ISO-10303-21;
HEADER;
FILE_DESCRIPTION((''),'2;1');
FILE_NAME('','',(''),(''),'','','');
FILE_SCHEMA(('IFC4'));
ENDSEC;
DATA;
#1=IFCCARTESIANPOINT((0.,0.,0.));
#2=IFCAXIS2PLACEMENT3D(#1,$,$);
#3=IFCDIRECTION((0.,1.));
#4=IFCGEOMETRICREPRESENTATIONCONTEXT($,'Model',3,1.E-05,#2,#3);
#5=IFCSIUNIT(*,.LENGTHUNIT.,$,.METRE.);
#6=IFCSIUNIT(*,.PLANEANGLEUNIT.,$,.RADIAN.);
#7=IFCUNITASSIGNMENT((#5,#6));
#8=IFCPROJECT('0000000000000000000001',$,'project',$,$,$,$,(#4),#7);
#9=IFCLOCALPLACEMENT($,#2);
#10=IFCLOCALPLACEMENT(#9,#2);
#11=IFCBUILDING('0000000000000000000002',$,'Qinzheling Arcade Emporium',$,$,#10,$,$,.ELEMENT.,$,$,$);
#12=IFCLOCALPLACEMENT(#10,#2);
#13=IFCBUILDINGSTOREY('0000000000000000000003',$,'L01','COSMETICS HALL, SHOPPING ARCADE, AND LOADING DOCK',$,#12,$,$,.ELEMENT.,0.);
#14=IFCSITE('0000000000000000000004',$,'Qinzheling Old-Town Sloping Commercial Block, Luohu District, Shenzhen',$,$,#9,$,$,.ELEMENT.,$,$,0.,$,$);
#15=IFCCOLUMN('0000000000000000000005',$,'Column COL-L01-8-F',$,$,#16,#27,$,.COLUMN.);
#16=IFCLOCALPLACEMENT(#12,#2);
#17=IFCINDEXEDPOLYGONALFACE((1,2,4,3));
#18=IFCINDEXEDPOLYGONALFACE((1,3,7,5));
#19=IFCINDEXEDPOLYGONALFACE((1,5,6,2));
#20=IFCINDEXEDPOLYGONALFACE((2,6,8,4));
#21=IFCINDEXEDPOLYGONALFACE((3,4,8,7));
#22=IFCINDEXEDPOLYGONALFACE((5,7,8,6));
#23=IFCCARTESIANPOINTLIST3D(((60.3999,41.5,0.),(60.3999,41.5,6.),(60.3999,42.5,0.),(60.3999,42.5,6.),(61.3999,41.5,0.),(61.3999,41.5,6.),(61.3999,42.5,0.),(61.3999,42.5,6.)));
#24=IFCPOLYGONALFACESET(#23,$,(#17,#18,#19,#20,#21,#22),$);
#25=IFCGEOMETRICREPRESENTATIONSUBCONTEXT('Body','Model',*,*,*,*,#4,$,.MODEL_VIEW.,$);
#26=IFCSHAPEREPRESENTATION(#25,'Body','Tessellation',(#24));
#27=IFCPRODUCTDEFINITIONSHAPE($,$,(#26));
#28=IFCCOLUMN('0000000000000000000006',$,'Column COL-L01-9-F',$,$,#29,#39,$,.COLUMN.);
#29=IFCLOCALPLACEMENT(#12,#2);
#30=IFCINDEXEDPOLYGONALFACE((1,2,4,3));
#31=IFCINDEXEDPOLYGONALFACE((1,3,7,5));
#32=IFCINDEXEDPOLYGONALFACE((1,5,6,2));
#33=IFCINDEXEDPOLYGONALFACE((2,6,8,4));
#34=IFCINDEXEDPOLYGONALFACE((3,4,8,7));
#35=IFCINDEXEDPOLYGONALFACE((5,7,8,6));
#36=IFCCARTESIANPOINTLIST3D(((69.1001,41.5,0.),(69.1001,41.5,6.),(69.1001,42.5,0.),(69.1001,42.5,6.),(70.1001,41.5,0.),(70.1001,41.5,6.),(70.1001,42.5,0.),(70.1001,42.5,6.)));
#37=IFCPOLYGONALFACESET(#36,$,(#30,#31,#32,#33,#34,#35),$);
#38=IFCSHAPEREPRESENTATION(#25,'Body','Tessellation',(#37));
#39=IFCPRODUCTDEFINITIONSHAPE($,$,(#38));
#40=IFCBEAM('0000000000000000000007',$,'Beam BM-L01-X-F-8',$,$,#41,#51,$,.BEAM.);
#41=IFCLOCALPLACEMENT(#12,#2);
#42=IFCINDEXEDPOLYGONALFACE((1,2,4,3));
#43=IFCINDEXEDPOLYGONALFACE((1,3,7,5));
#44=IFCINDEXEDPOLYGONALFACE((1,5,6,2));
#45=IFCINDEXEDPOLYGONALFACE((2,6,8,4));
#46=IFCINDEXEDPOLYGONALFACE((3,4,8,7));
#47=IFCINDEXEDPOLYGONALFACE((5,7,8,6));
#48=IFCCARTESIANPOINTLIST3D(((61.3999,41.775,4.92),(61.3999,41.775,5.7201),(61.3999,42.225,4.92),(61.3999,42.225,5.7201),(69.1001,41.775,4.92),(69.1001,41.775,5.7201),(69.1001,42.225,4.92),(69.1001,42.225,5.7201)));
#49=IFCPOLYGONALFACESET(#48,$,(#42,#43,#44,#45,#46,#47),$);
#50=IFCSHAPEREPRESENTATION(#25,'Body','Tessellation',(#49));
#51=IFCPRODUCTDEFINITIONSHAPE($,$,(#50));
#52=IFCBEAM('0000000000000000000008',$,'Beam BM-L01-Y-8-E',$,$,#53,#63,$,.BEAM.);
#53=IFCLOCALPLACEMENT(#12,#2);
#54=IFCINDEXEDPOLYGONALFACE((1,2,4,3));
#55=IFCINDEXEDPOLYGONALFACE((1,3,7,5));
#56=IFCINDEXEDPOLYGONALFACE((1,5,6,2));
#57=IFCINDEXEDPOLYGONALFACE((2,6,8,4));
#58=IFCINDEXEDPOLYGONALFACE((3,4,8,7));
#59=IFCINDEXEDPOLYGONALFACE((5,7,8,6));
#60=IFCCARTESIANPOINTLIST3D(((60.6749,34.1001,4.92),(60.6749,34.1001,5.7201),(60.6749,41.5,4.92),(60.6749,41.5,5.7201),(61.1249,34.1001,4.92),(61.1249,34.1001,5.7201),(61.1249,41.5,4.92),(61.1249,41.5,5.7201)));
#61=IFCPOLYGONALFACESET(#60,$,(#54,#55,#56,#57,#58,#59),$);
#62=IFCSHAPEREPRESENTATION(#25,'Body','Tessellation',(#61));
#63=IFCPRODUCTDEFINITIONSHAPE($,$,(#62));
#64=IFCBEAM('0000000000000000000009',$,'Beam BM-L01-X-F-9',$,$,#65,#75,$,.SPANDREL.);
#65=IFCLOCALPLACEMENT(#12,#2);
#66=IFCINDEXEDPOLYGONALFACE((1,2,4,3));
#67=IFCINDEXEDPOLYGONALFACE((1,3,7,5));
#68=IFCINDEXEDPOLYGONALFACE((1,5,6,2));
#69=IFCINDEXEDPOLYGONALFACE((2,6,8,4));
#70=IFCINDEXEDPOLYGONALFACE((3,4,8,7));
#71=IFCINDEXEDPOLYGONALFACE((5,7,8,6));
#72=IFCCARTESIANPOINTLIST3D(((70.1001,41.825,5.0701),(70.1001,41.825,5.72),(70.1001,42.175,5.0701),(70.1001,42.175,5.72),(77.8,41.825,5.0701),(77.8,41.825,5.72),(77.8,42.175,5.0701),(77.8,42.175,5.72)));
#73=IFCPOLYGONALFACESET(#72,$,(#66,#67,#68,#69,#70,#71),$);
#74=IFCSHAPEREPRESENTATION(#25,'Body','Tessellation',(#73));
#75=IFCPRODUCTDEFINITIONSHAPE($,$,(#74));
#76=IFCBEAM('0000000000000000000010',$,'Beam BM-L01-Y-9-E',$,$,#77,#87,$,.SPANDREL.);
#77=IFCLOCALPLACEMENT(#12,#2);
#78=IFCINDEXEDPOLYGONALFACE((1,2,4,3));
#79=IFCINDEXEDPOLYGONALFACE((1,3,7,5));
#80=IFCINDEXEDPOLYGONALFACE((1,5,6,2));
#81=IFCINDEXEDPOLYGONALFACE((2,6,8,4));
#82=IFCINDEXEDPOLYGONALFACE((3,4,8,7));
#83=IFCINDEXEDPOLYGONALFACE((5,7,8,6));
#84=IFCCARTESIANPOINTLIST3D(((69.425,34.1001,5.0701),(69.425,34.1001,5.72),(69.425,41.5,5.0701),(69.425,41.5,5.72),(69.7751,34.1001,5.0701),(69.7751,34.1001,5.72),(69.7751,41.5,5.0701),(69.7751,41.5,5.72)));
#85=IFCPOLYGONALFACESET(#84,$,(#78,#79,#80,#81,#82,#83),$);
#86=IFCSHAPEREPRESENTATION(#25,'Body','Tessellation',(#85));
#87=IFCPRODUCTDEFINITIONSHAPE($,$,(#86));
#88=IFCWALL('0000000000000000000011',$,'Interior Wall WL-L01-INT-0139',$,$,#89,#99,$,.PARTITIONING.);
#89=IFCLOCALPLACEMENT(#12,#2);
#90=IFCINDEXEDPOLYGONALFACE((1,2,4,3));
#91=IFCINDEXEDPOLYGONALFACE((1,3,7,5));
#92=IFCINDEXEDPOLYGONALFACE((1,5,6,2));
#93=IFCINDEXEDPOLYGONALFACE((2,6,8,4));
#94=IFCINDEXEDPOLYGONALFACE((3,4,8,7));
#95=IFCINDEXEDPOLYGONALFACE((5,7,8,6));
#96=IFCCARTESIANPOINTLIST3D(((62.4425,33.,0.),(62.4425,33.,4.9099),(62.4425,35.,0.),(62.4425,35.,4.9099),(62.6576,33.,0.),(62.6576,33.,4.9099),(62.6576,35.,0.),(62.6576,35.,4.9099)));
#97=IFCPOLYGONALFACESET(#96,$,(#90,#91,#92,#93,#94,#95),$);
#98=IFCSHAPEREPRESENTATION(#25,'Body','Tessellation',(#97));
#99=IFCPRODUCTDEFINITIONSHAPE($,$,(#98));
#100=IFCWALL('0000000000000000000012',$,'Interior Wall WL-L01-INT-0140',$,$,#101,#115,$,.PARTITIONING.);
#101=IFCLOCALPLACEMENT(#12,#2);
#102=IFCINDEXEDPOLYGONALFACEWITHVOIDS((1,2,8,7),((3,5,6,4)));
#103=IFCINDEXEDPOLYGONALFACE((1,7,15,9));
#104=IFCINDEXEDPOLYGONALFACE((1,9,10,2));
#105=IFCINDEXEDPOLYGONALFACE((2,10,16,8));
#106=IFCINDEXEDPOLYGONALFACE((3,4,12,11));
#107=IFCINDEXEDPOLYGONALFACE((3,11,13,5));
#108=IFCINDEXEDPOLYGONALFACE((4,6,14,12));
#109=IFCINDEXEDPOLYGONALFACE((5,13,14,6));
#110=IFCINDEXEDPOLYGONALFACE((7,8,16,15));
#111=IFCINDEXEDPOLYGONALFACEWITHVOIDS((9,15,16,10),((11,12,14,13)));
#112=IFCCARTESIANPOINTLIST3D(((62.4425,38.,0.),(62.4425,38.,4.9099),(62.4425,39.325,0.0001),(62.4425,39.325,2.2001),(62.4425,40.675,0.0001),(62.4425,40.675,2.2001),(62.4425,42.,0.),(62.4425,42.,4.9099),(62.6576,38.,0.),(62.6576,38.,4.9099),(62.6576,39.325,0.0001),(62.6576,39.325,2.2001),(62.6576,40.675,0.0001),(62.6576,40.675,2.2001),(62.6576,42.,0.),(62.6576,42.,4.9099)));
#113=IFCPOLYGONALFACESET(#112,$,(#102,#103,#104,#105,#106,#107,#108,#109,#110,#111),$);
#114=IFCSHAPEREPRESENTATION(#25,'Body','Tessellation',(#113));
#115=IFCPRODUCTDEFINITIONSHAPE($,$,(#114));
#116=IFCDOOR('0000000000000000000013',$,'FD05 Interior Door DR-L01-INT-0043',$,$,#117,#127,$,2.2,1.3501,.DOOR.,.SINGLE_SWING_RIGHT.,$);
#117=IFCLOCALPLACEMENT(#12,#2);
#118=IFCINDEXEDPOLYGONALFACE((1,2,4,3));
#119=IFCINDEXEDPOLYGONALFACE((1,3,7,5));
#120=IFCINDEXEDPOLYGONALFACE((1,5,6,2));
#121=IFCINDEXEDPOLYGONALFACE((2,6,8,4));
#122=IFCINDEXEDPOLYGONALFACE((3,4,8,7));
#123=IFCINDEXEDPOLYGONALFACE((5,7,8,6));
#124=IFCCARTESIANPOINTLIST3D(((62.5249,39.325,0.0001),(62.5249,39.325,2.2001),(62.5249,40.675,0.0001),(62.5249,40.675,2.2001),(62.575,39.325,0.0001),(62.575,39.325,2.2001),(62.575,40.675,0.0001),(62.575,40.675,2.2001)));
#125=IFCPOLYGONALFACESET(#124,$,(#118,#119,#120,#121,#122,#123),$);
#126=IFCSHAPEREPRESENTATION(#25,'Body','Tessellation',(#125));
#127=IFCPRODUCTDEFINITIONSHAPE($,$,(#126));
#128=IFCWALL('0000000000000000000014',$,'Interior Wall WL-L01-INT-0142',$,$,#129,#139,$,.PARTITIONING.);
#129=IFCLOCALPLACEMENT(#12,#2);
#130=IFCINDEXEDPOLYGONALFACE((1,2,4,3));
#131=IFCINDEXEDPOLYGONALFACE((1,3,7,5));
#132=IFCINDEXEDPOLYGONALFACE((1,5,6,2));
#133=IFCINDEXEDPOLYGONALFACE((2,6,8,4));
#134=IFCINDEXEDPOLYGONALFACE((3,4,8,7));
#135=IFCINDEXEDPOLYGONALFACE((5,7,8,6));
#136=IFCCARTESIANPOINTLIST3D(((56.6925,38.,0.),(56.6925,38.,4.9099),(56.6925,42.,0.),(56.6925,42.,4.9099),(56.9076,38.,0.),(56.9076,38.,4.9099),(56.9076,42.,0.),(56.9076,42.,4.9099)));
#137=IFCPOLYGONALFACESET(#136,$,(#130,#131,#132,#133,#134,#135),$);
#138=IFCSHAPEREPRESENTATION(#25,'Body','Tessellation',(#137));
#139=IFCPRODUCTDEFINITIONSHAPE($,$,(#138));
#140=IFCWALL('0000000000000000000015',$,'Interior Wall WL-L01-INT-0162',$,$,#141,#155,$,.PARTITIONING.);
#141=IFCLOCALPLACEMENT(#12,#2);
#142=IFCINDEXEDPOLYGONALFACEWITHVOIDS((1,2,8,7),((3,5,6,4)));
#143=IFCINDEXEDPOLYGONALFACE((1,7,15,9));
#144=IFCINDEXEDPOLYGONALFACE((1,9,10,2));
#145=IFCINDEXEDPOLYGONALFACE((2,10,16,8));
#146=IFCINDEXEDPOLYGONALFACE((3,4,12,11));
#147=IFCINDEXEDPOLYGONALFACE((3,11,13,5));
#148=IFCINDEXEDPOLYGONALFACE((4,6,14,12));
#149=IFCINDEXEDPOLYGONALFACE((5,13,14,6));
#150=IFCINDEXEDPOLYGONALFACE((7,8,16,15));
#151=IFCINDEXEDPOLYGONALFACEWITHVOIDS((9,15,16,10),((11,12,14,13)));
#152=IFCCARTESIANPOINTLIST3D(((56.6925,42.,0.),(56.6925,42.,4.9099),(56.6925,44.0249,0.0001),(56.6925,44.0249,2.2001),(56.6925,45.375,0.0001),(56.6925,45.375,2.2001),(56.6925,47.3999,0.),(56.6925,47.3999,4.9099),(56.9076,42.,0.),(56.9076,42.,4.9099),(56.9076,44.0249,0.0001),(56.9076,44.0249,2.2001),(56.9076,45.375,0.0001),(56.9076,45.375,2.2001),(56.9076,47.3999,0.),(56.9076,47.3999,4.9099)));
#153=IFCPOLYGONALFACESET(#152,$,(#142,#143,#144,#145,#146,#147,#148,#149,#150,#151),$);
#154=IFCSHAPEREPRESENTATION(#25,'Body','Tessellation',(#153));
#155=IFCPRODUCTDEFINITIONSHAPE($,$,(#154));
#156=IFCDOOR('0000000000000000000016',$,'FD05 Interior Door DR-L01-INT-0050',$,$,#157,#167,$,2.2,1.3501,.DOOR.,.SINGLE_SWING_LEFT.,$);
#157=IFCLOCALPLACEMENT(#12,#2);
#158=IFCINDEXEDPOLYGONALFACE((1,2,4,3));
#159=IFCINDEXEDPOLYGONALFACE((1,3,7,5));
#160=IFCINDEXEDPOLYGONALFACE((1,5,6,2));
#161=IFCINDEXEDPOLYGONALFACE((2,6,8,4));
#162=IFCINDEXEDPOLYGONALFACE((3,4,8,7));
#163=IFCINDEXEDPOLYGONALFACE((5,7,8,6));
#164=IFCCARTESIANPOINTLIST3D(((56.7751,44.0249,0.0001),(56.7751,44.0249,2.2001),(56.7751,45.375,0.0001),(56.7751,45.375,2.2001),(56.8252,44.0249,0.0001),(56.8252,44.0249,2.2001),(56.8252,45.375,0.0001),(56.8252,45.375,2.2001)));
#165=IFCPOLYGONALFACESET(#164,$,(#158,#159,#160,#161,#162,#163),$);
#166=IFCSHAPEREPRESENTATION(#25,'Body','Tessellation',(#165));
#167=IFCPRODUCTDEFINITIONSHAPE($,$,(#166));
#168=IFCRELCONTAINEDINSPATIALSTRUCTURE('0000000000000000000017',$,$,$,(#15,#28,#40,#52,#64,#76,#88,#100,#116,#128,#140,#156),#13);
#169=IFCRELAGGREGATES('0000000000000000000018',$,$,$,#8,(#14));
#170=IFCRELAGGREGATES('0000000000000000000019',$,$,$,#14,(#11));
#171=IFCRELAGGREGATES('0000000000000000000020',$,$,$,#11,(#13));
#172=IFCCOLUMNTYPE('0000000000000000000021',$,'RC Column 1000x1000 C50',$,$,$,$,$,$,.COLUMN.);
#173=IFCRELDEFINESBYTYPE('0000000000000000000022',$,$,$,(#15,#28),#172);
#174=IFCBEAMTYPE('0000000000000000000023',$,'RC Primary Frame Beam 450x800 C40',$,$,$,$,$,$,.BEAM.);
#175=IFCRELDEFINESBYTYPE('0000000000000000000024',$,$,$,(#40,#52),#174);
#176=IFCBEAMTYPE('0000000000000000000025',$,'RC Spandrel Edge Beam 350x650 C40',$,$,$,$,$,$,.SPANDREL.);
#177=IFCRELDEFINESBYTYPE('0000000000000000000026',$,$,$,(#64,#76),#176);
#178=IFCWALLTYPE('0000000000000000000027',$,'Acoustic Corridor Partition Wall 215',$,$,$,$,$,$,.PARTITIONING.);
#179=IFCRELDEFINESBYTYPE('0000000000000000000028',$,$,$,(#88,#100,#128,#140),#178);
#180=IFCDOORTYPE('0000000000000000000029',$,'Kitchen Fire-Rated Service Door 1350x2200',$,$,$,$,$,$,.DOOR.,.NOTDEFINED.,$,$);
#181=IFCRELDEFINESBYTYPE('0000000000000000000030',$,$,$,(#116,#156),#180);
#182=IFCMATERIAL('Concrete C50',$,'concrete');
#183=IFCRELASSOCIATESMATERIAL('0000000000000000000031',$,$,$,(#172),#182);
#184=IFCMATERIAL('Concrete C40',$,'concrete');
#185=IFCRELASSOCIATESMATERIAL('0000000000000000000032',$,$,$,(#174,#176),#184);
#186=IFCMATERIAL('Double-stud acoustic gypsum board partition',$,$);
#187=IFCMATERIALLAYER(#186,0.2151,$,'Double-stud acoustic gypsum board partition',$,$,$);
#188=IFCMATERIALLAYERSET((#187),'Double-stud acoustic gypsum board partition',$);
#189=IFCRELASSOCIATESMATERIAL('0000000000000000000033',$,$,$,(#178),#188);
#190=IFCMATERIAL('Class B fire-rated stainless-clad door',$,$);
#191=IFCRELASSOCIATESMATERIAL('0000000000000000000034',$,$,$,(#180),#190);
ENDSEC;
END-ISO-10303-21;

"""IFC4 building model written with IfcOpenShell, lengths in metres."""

from ifc_helpers import new_model, si_unit, direction, frame, frame_2d, origin, origin_2d, place, context, subcontext, project, spatial, rectangle, extrude, material, layer, layer_set, material_profile, profile_set, type_object, element, fill, save


model = new_model("IFC4")

# Units and contexts
model_context = context("Model", 3, precision=1e-05, world=origin(), true_north=direction((0.0, 1.0)))
body_context = subcontext(model_context, "Body", "Model", "MODEL_VIEW")
ifc_project = project(units=[si_unit("LENGTHUNIT", "METRE"), si_unit("PLANEANGLEUNIT", "RADIAN")], contexts=[model_context])

# Site, building, storey
site_placement = place(None, origin())
site = spatial("IfcSite", under=ifc_project, at=site_placement, Name="Qinzheling Old-Town Sloping Commercial Block, Luohu District, Shenzhen", CompositionType="ELEMENT", RefElevation=0.0)
building_placement = place(site_placement, origin())
building = spatial("IfcBuilding", under=site, at=building_placement, Name="Qinzheling Arcade Emporium", CompositionType="ELEMENT")
storey_placement = place(building_placement, origin())
storey = spatial("IfcBuildingStorey", under=building, at=storey_placement, Name="L01", Description="COSMETICS HALL, SHOPPING ARCADE, AND LOADING DOCK", CompositionType="ELEMENT", Elevation=0.0)

# Columns
ifc_material_1 = material(Name="Concrete C50", Category="concrete")
ifc_material_profile_1 = material_profile(ifc_material_1, rectangle(XDim=1.0, YDim=1.0, at=origin_2d()), Name="RC 1000x1000", Category="concrete")
ifc_profile_set_1 = profile_set([ifc_material_profile_1], Name="Concrete C50")
column_type = type_object("IfcColumnType", Name="RC Column 1000x1000 C50", PredefinedType="COLUMN", material=ifc_profile_set_1)
for number, where, z_axis, x_axis, name in (
    (1, (60.8999, 42.0, 0.0), (0.0, 0.0, 1.0), (1.0, 0.0, 0.0), "Column COL-L01-8-F"),
    (2, (69.6001, 42.0, 0.0), (0.0, 0.0, 1.0), (1.0, 0.0, 0.0), "Column COL-L01-9-F"),
):
    element("IfcColumn", number, at=place(storey_placement, frame(where, z_axis=z_axis, x_axis=x_axis)), inside=storey, type_object=column_type, Name=name, PredefinedType="COLUMN", context=body_context, shape_type="SweptSolid", body=[
        extrude(rectangle(XDim=1.0, YDim=1.0, at=origin_2d()), origin(), (0.0, 0.0, 1.0), 6.0),
    ])

# Beams
ifc_material_2 = material(Name="Concrete C40", Category="concrete")
ifc_material_profile_2 = material_profile(ifc_material_2, rectangle(XDim=0.45, YDim=0.8, at=origin_2d()), Name="RC 450x800", Category="concrete")
ifc_profile_set_2 = profile_set([ifc_material_profile_2], Name="Concrete C40")
beam_type_1 = type_object("IfcBeamType", Name="RC Primary Frame Beam 450x800 C40", PredefinedType="BEAM", material=ifc_profile_set_2)
beam_1_placement = place(storey_placement, frame((61.3999, 42.0, 5.3201), z_axis=(1.0, 0.0, 0.0), x_axis=(0.0, 1.0, 0.0)))
element("IfcBeam", 3, at=beam_1_placement, inside=storey, type_object=beam_type_1, Name="Beam BM-L01-X-F-8", PredefinedType="BEAM", context=body_context, shape_type="SweptSolid", body=[
    extrude(rectangle(XDim=0.45, YDim=0.8, at=origin_2d()), origin(), (0.0, 0.0, 1.0), 7.7002),
])
beam_2_placement = place(storey_placement, frame((60.8999, 34.1001, 5.3201), z_axis=(0.0, 1.0, 0.0), x_axis=(-1.0, 0.0, 0.0)))
element("IfcBeam", 4, at=beam_2_placement, inside=storey, type_object=beam_type_1, Name="Beam BM-L01-Y-8-E", PredefinedType="BEAM", context=body_context, shape_type="SweptSolid", body=[
    extrude(rectangle(XDim=0.45, YDim=0.8, at=origin_2d()), origin(), (0.0, 0.0, 1.0), 7.3999),
])
ifc_material_profile_3 = material_profile(ifc_material_2, rectangle(XDim=0.3501, YDim=0.6499, at=origin_2d()), Name="RC 350x650", Category="concrete")
ifc_profile_set_3 = profile_set([ifc_material_profile_3], Name="Concrete C40")
beam_type_2 = type_object("IfcBeamType", Name="RC Spandrel Edge Beam 350x650 C40", PredefinedType="SPANDREL", material=ifc_profile_set_3)
beam_3_placement = place(storey_placement, frame((70.1001, 42.0, 5.395), z_axis=(1.0, 0.0, 0.0), x_axis=(0.0, 1.0, 0.0)))
element("IfcBeam", 5, at=beam_3_placement, inside=storey, type_object=beam_type_2, Name="Beam BM-L01-X-F-9", PredefinedType="SPANDREL", context=body_context, shape_type="SweptSolid", body=[
    extrude(rectangle(XDim=0.3501, YDim=0.6499, at=origin_2d()), origin(), (0.0, 0.0, 1.0), 7.7),
])
beam_4_placement = place(storey_placement, frame((69.6001, 34.1001, 5.395), z_axis=(0.0, 1.0, 0.0), x_axis=(-1.0, 0.0, 0.0)))
element("IfcBeam", 6, at=beam_4_placement, inside=storey, type_object=beam_type_2, Name="Beam BM-L01-Y-9-E", PredefinedType="SPANDREL", context=body_context, shape_type="SweptSolid", body=[
    extrude(rectangle(XDim=0.3501, YDim=0.6499, at=origin_2d()), origin(), (0.0, 0.0, 1.0), 7.3999),
])

# Wall
ifc_material_3 = material(Name="Double-stud acoustic gypsum board partition")
ifc_layer_1 = layer(ifc_material_3, 0.2151, Name="Double-stud acoustic gypsum board partition")
ifc_layer_set_1 = layer_set([ifc_layer_1], Name="Double-stud acoustic gypsum board partition")
wall_type_1 = type_object("IfcWallType", Name="Acoustic Corridor Partition Wall 215", PredefinedType="PARTITIONING", material=ifc_layer_set_1)
wall_1_placement = place(storey_placement, frame((62.55, 35.0, 0.0), z_axis=(0.0, 0.0, 1.0), x_axis=(0.0, -1.0, 0.0)))
element("IfcWall", 7, at=wall_1_placement, inside=storey, type_object=wall_type_1, Name="Interior Wall WL-L01-INT-0139", PredefinedType="PARTITIONING", context=body_context, shape_type="SweptSolid", body=[
    extrude(rectangle(XDim=2.0, YDim=0.2151, at=frame_2d((1.0, 0.0))), origin(), (0.0, 0.0, 1.0), 4.9099),
])

# Wall, opening, door
wall_2_placement = place(storey_placement, frame((62.55, 42.0, 0.0), z_axis=(0.0, 0.0, 1.0), x_axis=(0.0, -1.0, 0.0)))
wall_2 = element("IfcWall", 8, at=wall_2_placement, inside=storey, type_object=wall_type_1, Name="Interior Wall WL-L01-INT-0140", PredefinedType="PARTITIONING", context=body_context, shape_type="SweptSolid", body=[
    extrude(rectangle(XDim=4.0, YDim=0.2151, at=frame_2d((2.0, 0.0))), origin(), (0.0, 0.0, 1.0), 4.9099),
])
opening_1_placement = place(wall_2_placement, frame((1.325, 0.0, 0.0)))
opening_1 = element("IfcOpeningElement", 9, at=opening_1_placement, cuts=wall_2, PredefinedType="OPENING", context=body_context, shape_type="SweptSolid", body=[
    extrude(rectangle(XDim=1.3501, YDim=2.2, at=frame_2d((0.675, 1.1001))), frame((0.0, 0.1177, 0.0), z_axis=(0.0, -1.0, 0.0), x_axis=(1.0, 0.0, 0.0)), (0.0, 0.0, 1.0), 0.2351),
])
ifc_material_4 = material(Name="Class B fire-rated stainless-clad door")
door_type_1 = type_object("IfcDoorType", Name="Kitchen Fire-Rated Service Door 1350x2200", OperationType="NOTDEFINED", PredefinedType="DOOR", material=ifc_material_4)
door_1_placement = place(opening_1_placement, origin())
door_1 = element("IfcDoor", 10, at=door_1_placement, inside=storey, type_object=door_type_1, Name="FD05 Interior Door DR-L01-INT-0043", OperationType="SINGLE_SWING_RIGHT", OverallHeight=2.2, OverallWidth=1.3501, PredefinedType="DOOR", context=body_context, shape_type="SweptSolid", body=[
    extrude(rectangle(XDim=1.3501, YDim=2.2, at=frame_2d((0.675, 1.1001))), frame((0.0, 0.0249, 0.0), z_axis=(0.0, -1.0, 0.0), x_axis=(1.0, 0.0, 0.0)), (0.0, 0.0, 1.0), 0.05),
])
fill(opening_1, door_1)

# Wall
wall_3_placement = place(storey_placement, frame((56.8, 38.0, 0.0), z_axis=(0.0, 0.0, 1.0), x_axis=(0.0, 1.0, 0.0)))
element("IfcWall", 11, at=wall_3_placement, inside=storey, type_object=wall_type_1, Name="Interior Wall WL-L01-INT-0142", PredefinedType="PARTITIONING", context=body_context, shape_type="SweptSolid", body=[
    extrude(rectangle(XDim=4.0, YDim=0.2151, at=frame_2d((2.0, 0.0))), origin(), (0.0, 0.0, 1.0), 4.9099),
])

# Wall, opening, door
wall_4_placement = place(storey_placement, frame((56.8, 42.0, 0.0), z_axis=(0.0, 0.0, 1.0), x_axis=(0.0, 1.0, 0.0)))
wall_4 = element("IfcWall", 12, at=wall_4_placement, inside=storey, type_object=wall_type_1, Name="Interior Wall WL-L01-INT-0162", PredefinedType="PARTITIONING", context=body_context, shape_type="SweptSolid", body=[
    extrude(rectangle(XDim=5.3999, YDim=0.2151, at=frame_2d((2.7, 0.0))), origin(), (0.0, 0.0, 1.0), 4.9099),
])
opening_2_placement = place(wall_4_placement, frame((2.0249, 0.0, 0.0)))
opening_2 = element("IfcOpeningElement", 13, at=opening_2_placement, cuts=wall_4, PredefinedType="OPENING", context=body_context, shape_type="SweptSolid", body=[
    extrude(rectangle(XDim=1.3501, YDim=2.2, at=frame_2d((0.675, 1.1001))), frame((0.0, 0.1177, 0.0), z_axis=(0.0, -1.0, 0.0), x_axis=(1.0, 0.0, 0.0)), (0.0, 0.0, 1.0), 0.2351),
])
door_2_placement = place(opening_2_placement, origin())
door_2 = element("IfcDoor", 14, at=door_2_placement, inside=storey, type_object=door_type_1, Name="FD05 Interior Door DR-L01-INT-0050", OperationType="SINGLE_SWING_LEFT", OverallHeight=2.2, OverallWidth=1.3501, PredefinedType="DOOR", context=body_context, shape_type="SweptSolid", body=[
    extrude(rectangle(XDim=1.3501, YDim=2.2, at=frame_2d((0.675, 1.1001))), frame((0.0, 0.0249, 0.0), z_axis=(0.0, -1.0, 0.0), x_axis=(1.0, 0.0, 0.0)), (0.0, 0.0, 1.0), 0.05),
])
fill(opening_2, door_2)

save(model, "model.ifc")
